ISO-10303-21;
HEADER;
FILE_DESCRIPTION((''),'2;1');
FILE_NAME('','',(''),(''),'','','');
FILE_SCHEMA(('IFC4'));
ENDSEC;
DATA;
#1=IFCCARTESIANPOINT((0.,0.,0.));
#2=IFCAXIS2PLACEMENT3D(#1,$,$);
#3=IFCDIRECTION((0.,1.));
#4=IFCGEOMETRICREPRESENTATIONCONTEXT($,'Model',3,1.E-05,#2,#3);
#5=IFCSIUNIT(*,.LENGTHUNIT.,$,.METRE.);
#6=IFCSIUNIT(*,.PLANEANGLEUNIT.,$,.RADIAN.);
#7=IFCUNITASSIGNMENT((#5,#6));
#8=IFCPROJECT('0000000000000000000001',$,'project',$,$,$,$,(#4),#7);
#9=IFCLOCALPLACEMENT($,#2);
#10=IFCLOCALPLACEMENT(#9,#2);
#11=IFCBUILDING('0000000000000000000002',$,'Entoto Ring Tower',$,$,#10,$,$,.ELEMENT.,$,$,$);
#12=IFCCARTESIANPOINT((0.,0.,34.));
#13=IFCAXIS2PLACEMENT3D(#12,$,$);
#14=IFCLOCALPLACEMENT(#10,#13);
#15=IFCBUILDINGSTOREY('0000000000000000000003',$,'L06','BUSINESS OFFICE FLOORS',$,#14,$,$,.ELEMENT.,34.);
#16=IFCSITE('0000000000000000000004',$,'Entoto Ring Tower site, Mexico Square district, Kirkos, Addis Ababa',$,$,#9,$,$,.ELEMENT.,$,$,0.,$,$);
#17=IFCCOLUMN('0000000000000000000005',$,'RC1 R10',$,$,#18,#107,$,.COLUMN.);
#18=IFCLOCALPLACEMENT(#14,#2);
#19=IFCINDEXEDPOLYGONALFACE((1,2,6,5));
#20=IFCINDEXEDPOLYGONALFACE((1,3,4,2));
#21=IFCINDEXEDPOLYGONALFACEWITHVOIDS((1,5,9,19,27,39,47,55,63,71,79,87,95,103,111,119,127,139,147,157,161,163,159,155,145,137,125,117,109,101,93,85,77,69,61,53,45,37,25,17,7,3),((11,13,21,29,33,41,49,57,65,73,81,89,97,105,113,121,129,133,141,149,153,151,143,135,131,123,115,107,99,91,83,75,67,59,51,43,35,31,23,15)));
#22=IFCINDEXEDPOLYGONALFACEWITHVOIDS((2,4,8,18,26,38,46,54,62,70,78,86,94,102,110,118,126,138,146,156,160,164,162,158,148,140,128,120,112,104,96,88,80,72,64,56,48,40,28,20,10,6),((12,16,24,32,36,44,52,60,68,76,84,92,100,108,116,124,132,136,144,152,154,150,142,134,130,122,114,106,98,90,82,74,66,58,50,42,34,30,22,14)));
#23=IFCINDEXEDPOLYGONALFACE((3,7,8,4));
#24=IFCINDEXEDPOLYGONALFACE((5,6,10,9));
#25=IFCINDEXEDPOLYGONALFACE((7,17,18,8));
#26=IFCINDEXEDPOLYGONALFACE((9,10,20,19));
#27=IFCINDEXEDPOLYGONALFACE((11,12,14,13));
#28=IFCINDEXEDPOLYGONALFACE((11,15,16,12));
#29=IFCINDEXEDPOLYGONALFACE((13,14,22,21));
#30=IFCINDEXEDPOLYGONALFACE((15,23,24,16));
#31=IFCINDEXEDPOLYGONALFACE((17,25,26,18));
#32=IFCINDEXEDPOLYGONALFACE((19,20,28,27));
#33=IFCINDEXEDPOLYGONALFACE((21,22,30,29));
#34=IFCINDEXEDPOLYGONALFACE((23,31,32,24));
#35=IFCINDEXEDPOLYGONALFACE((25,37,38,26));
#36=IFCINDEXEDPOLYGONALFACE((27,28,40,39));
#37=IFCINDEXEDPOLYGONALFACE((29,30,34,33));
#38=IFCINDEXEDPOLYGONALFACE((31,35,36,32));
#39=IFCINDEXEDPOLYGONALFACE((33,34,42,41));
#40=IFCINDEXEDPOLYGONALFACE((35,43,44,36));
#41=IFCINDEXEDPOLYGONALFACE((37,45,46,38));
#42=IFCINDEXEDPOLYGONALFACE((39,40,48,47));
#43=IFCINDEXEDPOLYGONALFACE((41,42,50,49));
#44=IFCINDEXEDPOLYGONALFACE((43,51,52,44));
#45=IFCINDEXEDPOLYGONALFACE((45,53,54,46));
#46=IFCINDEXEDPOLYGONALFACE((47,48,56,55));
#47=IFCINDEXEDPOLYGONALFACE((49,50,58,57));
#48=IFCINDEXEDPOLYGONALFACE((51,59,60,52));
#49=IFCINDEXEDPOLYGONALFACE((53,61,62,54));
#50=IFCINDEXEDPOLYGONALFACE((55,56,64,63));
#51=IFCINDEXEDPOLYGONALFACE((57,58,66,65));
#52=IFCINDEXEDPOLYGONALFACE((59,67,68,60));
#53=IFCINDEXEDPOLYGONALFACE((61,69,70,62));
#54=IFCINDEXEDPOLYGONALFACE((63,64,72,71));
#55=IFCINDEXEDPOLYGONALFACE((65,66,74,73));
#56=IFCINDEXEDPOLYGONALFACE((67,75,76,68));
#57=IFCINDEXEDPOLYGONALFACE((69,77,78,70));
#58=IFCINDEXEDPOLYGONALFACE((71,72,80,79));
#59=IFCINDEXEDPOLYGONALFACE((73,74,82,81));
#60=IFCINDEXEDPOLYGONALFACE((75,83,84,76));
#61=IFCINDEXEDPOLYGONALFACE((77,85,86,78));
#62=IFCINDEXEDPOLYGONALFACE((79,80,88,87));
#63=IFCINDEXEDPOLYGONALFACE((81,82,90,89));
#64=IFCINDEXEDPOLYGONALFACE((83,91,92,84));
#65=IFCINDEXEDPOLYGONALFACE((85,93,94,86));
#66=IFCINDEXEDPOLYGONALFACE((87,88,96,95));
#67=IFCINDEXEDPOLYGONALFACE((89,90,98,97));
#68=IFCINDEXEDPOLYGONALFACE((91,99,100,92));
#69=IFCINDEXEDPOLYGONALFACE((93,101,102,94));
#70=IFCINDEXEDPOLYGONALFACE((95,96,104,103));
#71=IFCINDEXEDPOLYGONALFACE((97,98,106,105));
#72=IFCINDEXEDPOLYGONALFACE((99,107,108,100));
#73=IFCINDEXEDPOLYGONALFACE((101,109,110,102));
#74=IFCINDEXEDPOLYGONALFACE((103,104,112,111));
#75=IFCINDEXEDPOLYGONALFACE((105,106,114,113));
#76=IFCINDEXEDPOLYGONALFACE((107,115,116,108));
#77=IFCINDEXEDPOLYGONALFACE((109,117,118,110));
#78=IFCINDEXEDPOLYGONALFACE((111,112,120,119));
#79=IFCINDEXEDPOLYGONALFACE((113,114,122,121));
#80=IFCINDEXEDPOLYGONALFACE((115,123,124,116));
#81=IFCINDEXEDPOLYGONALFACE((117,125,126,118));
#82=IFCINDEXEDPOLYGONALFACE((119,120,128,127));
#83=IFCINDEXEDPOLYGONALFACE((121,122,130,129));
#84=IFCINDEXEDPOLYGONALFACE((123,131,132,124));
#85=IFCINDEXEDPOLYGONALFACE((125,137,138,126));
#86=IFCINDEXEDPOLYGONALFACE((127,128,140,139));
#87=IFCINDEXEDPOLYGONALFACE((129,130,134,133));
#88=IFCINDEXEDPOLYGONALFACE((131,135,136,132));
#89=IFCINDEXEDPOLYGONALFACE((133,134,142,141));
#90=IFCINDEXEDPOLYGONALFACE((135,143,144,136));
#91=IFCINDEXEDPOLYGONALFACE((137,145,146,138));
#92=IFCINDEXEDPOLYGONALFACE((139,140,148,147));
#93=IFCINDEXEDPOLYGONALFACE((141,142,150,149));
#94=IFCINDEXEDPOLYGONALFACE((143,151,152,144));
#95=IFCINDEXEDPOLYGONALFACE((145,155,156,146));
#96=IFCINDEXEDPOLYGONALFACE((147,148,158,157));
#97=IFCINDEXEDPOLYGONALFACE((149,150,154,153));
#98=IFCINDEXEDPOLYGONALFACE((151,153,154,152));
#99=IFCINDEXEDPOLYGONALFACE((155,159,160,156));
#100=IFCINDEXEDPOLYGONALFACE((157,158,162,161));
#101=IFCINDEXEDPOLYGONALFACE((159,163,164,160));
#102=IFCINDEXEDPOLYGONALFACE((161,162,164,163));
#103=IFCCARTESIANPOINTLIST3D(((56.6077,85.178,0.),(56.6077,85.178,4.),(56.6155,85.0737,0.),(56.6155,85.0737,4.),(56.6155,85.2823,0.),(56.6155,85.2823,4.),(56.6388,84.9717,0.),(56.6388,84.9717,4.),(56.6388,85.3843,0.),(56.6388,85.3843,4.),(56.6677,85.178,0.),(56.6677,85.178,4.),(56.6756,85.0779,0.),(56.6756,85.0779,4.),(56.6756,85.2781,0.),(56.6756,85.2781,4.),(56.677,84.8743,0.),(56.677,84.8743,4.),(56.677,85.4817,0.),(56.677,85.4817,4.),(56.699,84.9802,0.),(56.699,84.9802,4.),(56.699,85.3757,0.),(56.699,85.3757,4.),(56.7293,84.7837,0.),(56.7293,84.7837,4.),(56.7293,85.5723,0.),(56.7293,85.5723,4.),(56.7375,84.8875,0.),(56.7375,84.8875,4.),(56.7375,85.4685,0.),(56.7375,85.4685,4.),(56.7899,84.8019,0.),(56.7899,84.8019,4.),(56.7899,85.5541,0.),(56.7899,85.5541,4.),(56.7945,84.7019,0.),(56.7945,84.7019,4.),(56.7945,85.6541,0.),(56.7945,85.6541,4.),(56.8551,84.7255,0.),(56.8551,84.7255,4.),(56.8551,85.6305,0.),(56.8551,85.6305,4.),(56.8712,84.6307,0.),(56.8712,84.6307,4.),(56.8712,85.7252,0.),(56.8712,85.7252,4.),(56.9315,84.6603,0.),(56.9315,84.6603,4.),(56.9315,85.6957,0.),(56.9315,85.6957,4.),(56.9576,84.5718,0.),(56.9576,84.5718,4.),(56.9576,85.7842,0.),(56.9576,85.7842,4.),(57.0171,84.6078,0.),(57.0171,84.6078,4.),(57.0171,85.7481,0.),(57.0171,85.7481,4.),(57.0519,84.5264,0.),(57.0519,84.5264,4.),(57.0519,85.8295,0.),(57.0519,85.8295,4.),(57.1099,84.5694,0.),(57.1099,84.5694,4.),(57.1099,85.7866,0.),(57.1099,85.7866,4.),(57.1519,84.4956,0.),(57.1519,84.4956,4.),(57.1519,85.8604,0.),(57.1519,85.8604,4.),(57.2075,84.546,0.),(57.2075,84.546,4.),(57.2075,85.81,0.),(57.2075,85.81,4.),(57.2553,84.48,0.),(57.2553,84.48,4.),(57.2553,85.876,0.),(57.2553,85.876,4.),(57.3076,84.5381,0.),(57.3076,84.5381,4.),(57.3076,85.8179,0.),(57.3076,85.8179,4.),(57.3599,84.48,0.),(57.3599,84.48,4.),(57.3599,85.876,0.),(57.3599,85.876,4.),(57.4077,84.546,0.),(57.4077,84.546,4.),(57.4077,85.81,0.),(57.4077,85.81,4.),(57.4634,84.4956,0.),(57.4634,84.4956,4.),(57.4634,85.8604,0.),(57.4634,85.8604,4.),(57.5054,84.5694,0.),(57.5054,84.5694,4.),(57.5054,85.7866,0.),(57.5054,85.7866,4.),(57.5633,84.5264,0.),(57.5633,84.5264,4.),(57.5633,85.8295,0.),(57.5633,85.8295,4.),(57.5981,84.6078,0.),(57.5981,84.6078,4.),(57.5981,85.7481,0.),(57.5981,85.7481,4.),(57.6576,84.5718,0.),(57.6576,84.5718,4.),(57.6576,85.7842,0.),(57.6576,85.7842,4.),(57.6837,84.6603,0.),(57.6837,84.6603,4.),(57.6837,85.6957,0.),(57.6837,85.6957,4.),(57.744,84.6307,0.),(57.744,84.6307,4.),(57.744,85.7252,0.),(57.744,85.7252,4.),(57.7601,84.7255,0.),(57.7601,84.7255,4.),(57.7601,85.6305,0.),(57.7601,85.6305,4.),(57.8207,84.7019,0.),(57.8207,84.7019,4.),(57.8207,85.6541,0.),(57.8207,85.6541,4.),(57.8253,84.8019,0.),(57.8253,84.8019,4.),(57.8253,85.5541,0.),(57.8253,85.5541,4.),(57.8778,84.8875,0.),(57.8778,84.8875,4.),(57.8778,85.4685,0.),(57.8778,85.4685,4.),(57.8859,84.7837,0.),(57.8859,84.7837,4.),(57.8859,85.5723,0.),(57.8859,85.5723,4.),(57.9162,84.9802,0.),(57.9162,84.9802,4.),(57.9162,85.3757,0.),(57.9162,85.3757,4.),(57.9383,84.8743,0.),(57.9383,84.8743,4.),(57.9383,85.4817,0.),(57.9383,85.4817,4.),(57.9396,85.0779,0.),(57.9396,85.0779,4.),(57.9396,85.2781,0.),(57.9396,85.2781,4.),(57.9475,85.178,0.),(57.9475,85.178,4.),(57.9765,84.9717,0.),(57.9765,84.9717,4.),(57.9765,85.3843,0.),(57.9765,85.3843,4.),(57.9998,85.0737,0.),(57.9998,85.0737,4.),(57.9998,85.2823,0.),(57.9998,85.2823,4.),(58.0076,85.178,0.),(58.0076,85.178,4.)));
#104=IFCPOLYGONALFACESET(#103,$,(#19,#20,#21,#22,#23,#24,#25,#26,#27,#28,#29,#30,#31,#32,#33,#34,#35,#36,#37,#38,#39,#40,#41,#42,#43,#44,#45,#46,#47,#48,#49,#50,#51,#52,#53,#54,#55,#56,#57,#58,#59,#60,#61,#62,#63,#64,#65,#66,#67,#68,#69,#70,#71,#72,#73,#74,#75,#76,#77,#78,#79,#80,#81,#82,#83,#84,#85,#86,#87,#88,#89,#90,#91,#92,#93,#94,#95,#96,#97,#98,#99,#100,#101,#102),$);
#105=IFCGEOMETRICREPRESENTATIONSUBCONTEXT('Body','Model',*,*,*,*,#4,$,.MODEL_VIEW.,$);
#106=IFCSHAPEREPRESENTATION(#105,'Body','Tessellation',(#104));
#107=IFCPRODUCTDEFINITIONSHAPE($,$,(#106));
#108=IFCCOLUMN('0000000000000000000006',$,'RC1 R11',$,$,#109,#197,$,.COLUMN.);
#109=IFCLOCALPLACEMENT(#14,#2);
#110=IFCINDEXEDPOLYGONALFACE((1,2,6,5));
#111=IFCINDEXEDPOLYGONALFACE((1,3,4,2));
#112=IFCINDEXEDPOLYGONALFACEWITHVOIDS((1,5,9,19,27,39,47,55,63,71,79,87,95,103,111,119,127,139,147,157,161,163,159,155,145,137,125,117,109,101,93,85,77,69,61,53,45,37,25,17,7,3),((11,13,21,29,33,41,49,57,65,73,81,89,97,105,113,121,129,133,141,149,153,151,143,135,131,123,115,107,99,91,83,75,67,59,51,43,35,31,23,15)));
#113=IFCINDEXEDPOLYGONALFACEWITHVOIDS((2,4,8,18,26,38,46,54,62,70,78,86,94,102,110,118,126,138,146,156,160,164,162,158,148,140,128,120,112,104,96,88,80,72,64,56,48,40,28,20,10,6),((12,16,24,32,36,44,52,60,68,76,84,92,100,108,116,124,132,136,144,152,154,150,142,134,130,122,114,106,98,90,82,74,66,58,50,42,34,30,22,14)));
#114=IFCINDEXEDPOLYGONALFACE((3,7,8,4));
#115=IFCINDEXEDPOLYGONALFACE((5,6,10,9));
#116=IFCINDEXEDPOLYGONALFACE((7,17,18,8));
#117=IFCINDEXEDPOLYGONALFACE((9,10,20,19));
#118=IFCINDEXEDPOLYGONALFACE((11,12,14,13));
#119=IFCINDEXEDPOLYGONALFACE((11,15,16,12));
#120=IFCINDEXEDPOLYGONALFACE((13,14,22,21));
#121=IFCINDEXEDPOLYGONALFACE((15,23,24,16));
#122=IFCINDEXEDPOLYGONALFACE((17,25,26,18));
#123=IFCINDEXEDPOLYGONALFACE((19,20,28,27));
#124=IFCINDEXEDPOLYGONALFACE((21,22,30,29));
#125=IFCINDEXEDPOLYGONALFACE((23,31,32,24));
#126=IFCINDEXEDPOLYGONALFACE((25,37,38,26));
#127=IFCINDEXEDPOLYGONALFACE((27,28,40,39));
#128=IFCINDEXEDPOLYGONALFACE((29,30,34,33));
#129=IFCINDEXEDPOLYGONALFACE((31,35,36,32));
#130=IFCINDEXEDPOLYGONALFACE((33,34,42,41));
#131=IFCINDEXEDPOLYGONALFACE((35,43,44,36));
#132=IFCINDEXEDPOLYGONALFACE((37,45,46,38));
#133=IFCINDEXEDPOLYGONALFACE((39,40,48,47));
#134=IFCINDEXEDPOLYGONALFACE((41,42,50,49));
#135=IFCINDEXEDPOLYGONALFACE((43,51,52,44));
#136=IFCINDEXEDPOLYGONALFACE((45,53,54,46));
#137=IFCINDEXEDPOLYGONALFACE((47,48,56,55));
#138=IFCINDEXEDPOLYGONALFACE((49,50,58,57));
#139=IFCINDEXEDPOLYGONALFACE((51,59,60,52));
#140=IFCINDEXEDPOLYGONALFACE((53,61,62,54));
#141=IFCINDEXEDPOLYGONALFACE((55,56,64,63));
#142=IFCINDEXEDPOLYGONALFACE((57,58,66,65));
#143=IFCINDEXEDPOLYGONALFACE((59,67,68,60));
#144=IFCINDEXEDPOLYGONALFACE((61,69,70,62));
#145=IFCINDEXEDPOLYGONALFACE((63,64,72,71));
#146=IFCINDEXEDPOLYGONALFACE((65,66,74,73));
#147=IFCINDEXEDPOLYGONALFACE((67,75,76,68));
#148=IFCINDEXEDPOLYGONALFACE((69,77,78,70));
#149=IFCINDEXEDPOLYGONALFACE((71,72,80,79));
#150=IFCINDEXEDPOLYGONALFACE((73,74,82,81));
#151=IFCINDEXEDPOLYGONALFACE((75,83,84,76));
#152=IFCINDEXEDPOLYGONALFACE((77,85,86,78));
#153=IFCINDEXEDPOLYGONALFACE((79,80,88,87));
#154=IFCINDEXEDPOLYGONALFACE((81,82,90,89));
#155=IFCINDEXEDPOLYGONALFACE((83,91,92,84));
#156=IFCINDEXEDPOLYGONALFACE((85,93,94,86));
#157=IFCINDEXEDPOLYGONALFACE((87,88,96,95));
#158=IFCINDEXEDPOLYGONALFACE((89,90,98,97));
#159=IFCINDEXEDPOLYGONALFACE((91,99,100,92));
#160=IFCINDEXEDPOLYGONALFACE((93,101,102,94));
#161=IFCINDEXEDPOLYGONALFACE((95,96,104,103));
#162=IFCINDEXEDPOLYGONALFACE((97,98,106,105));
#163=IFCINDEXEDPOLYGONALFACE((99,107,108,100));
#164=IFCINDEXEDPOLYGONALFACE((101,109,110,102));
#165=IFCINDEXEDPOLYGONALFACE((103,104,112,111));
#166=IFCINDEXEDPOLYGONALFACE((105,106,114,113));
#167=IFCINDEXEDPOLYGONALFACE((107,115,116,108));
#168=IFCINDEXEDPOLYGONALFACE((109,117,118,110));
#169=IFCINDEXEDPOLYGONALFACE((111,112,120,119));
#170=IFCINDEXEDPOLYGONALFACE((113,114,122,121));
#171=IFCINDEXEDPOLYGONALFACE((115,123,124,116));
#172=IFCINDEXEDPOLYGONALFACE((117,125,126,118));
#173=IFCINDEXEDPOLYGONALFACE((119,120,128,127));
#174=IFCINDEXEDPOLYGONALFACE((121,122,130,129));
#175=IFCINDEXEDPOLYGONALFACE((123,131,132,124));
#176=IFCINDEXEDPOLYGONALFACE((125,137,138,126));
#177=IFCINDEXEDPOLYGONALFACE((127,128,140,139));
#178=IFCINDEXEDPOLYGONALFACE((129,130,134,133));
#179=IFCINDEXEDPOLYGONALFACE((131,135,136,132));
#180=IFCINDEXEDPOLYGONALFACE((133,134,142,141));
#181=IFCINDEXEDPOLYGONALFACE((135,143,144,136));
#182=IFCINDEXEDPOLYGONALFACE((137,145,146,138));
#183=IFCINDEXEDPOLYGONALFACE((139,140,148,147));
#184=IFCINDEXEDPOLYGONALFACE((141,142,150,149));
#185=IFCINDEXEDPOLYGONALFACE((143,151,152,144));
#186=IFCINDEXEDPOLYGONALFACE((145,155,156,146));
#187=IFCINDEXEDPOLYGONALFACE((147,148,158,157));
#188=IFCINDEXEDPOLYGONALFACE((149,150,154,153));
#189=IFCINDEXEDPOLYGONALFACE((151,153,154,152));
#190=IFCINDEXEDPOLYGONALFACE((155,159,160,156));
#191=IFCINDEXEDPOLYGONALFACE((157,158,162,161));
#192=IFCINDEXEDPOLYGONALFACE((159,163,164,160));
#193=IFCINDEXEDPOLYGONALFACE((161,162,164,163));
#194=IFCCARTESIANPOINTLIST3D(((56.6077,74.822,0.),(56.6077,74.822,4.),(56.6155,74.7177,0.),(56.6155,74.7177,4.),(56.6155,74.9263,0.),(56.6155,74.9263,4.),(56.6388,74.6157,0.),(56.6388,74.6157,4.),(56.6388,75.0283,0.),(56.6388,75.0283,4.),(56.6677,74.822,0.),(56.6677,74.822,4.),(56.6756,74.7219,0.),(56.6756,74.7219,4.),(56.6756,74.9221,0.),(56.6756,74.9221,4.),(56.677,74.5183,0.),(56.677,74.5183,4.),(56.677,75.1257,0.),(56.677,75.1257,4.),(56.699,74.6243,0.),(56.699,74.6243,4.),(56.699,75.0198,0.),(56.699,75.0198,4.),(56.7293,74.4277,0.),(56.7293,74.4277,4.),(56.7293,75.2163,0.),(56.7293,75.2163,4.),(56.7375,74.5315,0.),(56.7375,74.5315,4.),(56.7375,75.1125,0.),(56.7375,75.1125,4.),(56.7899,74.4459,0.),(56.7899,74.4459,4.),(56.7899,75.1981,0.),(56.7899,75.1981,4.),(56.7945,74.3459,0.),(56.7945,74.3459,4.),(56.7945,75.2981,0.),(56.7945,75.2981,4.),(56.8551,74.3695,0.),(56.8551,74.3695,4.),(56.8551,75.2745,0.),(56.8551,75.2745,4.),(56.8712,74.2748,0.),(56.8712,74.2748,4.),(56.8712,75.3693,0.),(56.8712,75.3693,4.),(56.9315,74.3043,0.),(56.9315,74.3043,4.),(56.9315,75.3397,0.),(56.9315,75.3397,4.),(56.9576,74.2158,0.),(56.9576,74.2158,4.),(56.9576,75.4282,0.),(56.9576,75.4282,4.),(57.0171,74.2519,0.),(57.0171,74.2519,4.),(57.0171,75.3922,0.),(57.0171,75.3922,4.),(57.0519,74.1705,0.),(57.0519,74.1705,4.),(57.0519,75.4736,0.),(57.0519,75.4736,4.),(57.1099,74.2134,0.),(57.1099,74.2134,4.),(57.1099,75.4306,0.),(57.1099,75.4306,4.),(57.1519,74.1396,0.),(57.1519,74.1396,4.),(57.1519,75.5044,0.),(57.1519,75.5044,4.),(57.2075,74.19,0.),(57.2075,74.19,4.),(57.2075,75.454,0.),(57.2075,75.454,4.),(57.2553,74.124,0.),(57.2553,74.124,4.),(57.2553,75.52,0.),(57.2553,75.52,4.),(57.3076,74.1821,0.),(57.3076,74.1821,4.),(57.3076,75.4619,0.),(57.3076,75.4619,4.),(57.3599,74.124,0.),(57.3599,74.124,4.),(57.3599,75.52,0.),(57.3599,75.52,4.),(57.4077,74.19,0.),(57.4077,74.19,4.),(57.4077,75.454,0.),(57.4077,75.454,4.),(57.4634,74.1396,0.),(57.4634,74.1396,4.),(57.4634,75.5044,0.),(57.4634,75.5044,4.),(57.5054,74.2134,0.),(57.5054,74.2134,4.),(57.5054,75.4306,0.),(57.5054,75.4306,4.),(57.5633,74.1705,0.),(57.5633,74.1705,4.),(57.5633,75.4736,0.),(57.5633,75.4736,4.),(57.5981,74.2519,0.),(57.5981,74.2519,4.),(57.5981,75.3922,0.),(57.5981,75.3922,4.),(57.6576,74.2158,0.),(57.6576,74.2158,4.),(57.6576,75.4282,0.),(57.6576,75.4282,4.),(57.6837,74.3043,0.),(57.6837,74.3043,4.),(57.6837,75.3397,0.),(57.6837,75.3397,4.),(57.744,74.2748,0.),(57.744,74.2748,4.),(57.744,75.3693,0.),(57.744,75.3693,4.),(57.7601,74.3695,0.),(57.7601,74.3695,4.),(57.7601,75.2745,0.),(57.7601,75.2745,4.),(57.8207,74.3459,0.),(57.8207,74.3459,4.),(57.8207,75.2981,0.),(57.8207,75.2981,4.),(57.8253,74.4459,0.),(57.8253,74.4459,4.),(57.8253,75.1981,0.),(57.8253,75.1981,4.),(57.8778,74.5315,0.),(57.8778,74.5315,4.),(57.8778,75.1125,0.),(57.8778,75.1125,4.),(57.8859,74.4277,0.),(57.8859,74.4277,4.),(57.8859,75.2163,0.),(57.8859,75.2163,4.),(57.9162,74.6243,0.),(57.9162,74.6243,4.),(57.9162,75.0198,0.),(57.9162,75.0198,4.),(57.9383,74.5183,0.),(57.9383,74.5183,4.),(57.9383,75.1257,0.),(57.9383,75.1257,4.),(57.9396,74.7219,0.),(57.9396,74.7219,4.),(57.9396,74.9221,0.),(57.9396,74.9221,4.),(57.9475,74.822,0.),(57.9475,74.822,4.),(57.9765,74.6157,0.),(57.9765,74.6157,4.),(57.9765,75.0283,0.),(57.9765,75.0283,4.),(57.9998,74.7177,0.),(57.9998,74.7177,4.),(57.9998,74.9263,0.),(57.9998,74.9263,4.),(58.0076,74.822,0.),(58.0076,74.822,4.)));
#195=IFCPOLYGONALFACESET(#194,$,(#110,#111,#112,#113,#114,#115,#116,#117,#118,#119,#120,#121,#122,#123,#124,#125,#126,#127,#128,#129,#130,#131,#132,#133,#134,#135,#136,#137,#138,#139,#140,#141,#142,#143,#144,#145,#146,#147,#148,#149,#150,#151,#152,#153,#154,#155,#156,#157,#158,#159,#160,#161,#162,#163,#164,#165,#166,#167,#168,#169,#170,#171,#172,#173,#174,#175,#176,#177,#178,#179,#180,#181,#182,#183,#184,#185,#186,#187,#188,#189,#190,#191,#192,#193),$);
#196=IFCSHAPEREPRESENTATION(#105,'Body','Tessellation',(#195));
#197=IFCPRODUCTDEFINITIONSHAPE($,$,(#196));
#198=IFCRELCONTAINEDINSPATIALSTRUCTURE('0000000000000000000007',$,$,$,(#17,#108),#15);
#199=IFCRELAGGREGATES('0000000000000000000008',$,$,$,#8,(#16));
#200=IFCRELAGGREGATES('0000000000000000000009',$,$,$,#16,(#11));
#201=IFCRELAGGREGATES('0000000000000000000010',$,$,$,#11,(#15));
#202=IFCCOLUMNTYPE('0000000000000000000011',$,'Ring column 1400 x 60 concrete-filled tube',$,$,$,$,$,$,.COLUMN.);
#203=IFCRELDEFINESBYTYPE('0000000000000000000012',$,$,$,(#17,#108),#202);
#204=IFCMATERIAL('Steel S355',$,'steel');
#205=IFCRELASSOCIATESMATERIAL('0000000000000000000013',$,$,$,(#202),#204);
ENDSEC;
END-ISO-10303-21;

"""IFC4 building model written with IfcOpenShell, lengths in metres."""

from ifc_helpers import new_model, si_unit, direction, frame, origin, origin_2d, place, context, subcontext, project, spatial, circle, hollow_circle, extrude, material, material_profile, profile_set, type_object, element, save


model = new_model("IFC4")

# Units and contexts
model_context = context("Model", 3, precision=1e-05, world=origin(), true_north=direction((0.0, 1.0)))
body_context = subcontext(model_context, "Body", "Model", "MODEL_VIEW")
ifc_project = project(units=[si_unit("LENGTHUNIT", "METRE"), si_unit("PLANEANGLEUNIT", "RADIAN")], contexts=[model_context])

# Site, building, storey
site_placement = place(None, origin())
site = spatial("IfcSite", under=ifc_project, at=site_placement, Name="Entoto Ring Tower site, Mexico Square district, Kirkos, Addis Ababa", CompositionType="ELEMENT", RefElevation=0.0)
building_placement = place(site_placement, origin())
building = spatial("IfcBuilding", under=site, at=building_placement, Name="Entoto Ring Tower", CompositionType="ELEMENT")
storey_placement = place(building_placement, frame((0.0, 0.0, 34.0)))
storey = spatial("IfcBuildingStorey", under=building, at=storey_placement, Name="L06", Description="BUSINESS OFFICE FLOORS", CompositionType="ELEMENT", Elevation=34.0)

# Columns
ifc_material_1 = material(Name="Steel S355", Category="steel")
ifc_material_profile_1 = material_profile(ifc_material_1, hollow_circle(Radius=0.7, WallThickness=0.0601, at=origin_2d()), Name="CHS 1400 x 60")
ifc_material_2 = material(Name="Concrete C60/75", Category="concrete")
ifc_material_profile_2 = material_profile(ifc_material_2, circle(Radius=0.6399, at=origin_2d()), Name="Concrete C60/75 infill")
ifc_profile_set_1 = profile_set([ifc_material_profile_1, ifc_material_profile_2], Name="Steel S355")
column_type = type_object("IfcColumnType", Name="Ring column 1400 x 60 concrete-filled tube", PredefinedType="COLUMN", material=ifc_profile_set_1)
for number, where, z_axis, x_axis, name in (
    (1, (57.3076, 85.178, 0.0), (0.0, 0.0, 1.0), (1.0, 0.0, 0.0), "RC1 R10"),
    (2, (57.3076, 74.822, 0.0), (0.0, 0.0, 1.0), (1.0, 0.0, 0.0), "RC1 R11"),
):
    element("IfcColumn", number, at=place(storey_placement, frame(where, z_axis=z_axis, x_axis=x_axis)), inside=storey, type_object=column_type, Name=name, PredefinedType="COLUMN", context=body_context, shape_type="SweptSolid", body=[
        extrude(hollow_circle(Radius=0.7, WallThickness=0.0601, at=origin_2d()), origin(), (0.0, 0.0, 1.0), 4.0),
    ])

save(model, "model.ifc")
